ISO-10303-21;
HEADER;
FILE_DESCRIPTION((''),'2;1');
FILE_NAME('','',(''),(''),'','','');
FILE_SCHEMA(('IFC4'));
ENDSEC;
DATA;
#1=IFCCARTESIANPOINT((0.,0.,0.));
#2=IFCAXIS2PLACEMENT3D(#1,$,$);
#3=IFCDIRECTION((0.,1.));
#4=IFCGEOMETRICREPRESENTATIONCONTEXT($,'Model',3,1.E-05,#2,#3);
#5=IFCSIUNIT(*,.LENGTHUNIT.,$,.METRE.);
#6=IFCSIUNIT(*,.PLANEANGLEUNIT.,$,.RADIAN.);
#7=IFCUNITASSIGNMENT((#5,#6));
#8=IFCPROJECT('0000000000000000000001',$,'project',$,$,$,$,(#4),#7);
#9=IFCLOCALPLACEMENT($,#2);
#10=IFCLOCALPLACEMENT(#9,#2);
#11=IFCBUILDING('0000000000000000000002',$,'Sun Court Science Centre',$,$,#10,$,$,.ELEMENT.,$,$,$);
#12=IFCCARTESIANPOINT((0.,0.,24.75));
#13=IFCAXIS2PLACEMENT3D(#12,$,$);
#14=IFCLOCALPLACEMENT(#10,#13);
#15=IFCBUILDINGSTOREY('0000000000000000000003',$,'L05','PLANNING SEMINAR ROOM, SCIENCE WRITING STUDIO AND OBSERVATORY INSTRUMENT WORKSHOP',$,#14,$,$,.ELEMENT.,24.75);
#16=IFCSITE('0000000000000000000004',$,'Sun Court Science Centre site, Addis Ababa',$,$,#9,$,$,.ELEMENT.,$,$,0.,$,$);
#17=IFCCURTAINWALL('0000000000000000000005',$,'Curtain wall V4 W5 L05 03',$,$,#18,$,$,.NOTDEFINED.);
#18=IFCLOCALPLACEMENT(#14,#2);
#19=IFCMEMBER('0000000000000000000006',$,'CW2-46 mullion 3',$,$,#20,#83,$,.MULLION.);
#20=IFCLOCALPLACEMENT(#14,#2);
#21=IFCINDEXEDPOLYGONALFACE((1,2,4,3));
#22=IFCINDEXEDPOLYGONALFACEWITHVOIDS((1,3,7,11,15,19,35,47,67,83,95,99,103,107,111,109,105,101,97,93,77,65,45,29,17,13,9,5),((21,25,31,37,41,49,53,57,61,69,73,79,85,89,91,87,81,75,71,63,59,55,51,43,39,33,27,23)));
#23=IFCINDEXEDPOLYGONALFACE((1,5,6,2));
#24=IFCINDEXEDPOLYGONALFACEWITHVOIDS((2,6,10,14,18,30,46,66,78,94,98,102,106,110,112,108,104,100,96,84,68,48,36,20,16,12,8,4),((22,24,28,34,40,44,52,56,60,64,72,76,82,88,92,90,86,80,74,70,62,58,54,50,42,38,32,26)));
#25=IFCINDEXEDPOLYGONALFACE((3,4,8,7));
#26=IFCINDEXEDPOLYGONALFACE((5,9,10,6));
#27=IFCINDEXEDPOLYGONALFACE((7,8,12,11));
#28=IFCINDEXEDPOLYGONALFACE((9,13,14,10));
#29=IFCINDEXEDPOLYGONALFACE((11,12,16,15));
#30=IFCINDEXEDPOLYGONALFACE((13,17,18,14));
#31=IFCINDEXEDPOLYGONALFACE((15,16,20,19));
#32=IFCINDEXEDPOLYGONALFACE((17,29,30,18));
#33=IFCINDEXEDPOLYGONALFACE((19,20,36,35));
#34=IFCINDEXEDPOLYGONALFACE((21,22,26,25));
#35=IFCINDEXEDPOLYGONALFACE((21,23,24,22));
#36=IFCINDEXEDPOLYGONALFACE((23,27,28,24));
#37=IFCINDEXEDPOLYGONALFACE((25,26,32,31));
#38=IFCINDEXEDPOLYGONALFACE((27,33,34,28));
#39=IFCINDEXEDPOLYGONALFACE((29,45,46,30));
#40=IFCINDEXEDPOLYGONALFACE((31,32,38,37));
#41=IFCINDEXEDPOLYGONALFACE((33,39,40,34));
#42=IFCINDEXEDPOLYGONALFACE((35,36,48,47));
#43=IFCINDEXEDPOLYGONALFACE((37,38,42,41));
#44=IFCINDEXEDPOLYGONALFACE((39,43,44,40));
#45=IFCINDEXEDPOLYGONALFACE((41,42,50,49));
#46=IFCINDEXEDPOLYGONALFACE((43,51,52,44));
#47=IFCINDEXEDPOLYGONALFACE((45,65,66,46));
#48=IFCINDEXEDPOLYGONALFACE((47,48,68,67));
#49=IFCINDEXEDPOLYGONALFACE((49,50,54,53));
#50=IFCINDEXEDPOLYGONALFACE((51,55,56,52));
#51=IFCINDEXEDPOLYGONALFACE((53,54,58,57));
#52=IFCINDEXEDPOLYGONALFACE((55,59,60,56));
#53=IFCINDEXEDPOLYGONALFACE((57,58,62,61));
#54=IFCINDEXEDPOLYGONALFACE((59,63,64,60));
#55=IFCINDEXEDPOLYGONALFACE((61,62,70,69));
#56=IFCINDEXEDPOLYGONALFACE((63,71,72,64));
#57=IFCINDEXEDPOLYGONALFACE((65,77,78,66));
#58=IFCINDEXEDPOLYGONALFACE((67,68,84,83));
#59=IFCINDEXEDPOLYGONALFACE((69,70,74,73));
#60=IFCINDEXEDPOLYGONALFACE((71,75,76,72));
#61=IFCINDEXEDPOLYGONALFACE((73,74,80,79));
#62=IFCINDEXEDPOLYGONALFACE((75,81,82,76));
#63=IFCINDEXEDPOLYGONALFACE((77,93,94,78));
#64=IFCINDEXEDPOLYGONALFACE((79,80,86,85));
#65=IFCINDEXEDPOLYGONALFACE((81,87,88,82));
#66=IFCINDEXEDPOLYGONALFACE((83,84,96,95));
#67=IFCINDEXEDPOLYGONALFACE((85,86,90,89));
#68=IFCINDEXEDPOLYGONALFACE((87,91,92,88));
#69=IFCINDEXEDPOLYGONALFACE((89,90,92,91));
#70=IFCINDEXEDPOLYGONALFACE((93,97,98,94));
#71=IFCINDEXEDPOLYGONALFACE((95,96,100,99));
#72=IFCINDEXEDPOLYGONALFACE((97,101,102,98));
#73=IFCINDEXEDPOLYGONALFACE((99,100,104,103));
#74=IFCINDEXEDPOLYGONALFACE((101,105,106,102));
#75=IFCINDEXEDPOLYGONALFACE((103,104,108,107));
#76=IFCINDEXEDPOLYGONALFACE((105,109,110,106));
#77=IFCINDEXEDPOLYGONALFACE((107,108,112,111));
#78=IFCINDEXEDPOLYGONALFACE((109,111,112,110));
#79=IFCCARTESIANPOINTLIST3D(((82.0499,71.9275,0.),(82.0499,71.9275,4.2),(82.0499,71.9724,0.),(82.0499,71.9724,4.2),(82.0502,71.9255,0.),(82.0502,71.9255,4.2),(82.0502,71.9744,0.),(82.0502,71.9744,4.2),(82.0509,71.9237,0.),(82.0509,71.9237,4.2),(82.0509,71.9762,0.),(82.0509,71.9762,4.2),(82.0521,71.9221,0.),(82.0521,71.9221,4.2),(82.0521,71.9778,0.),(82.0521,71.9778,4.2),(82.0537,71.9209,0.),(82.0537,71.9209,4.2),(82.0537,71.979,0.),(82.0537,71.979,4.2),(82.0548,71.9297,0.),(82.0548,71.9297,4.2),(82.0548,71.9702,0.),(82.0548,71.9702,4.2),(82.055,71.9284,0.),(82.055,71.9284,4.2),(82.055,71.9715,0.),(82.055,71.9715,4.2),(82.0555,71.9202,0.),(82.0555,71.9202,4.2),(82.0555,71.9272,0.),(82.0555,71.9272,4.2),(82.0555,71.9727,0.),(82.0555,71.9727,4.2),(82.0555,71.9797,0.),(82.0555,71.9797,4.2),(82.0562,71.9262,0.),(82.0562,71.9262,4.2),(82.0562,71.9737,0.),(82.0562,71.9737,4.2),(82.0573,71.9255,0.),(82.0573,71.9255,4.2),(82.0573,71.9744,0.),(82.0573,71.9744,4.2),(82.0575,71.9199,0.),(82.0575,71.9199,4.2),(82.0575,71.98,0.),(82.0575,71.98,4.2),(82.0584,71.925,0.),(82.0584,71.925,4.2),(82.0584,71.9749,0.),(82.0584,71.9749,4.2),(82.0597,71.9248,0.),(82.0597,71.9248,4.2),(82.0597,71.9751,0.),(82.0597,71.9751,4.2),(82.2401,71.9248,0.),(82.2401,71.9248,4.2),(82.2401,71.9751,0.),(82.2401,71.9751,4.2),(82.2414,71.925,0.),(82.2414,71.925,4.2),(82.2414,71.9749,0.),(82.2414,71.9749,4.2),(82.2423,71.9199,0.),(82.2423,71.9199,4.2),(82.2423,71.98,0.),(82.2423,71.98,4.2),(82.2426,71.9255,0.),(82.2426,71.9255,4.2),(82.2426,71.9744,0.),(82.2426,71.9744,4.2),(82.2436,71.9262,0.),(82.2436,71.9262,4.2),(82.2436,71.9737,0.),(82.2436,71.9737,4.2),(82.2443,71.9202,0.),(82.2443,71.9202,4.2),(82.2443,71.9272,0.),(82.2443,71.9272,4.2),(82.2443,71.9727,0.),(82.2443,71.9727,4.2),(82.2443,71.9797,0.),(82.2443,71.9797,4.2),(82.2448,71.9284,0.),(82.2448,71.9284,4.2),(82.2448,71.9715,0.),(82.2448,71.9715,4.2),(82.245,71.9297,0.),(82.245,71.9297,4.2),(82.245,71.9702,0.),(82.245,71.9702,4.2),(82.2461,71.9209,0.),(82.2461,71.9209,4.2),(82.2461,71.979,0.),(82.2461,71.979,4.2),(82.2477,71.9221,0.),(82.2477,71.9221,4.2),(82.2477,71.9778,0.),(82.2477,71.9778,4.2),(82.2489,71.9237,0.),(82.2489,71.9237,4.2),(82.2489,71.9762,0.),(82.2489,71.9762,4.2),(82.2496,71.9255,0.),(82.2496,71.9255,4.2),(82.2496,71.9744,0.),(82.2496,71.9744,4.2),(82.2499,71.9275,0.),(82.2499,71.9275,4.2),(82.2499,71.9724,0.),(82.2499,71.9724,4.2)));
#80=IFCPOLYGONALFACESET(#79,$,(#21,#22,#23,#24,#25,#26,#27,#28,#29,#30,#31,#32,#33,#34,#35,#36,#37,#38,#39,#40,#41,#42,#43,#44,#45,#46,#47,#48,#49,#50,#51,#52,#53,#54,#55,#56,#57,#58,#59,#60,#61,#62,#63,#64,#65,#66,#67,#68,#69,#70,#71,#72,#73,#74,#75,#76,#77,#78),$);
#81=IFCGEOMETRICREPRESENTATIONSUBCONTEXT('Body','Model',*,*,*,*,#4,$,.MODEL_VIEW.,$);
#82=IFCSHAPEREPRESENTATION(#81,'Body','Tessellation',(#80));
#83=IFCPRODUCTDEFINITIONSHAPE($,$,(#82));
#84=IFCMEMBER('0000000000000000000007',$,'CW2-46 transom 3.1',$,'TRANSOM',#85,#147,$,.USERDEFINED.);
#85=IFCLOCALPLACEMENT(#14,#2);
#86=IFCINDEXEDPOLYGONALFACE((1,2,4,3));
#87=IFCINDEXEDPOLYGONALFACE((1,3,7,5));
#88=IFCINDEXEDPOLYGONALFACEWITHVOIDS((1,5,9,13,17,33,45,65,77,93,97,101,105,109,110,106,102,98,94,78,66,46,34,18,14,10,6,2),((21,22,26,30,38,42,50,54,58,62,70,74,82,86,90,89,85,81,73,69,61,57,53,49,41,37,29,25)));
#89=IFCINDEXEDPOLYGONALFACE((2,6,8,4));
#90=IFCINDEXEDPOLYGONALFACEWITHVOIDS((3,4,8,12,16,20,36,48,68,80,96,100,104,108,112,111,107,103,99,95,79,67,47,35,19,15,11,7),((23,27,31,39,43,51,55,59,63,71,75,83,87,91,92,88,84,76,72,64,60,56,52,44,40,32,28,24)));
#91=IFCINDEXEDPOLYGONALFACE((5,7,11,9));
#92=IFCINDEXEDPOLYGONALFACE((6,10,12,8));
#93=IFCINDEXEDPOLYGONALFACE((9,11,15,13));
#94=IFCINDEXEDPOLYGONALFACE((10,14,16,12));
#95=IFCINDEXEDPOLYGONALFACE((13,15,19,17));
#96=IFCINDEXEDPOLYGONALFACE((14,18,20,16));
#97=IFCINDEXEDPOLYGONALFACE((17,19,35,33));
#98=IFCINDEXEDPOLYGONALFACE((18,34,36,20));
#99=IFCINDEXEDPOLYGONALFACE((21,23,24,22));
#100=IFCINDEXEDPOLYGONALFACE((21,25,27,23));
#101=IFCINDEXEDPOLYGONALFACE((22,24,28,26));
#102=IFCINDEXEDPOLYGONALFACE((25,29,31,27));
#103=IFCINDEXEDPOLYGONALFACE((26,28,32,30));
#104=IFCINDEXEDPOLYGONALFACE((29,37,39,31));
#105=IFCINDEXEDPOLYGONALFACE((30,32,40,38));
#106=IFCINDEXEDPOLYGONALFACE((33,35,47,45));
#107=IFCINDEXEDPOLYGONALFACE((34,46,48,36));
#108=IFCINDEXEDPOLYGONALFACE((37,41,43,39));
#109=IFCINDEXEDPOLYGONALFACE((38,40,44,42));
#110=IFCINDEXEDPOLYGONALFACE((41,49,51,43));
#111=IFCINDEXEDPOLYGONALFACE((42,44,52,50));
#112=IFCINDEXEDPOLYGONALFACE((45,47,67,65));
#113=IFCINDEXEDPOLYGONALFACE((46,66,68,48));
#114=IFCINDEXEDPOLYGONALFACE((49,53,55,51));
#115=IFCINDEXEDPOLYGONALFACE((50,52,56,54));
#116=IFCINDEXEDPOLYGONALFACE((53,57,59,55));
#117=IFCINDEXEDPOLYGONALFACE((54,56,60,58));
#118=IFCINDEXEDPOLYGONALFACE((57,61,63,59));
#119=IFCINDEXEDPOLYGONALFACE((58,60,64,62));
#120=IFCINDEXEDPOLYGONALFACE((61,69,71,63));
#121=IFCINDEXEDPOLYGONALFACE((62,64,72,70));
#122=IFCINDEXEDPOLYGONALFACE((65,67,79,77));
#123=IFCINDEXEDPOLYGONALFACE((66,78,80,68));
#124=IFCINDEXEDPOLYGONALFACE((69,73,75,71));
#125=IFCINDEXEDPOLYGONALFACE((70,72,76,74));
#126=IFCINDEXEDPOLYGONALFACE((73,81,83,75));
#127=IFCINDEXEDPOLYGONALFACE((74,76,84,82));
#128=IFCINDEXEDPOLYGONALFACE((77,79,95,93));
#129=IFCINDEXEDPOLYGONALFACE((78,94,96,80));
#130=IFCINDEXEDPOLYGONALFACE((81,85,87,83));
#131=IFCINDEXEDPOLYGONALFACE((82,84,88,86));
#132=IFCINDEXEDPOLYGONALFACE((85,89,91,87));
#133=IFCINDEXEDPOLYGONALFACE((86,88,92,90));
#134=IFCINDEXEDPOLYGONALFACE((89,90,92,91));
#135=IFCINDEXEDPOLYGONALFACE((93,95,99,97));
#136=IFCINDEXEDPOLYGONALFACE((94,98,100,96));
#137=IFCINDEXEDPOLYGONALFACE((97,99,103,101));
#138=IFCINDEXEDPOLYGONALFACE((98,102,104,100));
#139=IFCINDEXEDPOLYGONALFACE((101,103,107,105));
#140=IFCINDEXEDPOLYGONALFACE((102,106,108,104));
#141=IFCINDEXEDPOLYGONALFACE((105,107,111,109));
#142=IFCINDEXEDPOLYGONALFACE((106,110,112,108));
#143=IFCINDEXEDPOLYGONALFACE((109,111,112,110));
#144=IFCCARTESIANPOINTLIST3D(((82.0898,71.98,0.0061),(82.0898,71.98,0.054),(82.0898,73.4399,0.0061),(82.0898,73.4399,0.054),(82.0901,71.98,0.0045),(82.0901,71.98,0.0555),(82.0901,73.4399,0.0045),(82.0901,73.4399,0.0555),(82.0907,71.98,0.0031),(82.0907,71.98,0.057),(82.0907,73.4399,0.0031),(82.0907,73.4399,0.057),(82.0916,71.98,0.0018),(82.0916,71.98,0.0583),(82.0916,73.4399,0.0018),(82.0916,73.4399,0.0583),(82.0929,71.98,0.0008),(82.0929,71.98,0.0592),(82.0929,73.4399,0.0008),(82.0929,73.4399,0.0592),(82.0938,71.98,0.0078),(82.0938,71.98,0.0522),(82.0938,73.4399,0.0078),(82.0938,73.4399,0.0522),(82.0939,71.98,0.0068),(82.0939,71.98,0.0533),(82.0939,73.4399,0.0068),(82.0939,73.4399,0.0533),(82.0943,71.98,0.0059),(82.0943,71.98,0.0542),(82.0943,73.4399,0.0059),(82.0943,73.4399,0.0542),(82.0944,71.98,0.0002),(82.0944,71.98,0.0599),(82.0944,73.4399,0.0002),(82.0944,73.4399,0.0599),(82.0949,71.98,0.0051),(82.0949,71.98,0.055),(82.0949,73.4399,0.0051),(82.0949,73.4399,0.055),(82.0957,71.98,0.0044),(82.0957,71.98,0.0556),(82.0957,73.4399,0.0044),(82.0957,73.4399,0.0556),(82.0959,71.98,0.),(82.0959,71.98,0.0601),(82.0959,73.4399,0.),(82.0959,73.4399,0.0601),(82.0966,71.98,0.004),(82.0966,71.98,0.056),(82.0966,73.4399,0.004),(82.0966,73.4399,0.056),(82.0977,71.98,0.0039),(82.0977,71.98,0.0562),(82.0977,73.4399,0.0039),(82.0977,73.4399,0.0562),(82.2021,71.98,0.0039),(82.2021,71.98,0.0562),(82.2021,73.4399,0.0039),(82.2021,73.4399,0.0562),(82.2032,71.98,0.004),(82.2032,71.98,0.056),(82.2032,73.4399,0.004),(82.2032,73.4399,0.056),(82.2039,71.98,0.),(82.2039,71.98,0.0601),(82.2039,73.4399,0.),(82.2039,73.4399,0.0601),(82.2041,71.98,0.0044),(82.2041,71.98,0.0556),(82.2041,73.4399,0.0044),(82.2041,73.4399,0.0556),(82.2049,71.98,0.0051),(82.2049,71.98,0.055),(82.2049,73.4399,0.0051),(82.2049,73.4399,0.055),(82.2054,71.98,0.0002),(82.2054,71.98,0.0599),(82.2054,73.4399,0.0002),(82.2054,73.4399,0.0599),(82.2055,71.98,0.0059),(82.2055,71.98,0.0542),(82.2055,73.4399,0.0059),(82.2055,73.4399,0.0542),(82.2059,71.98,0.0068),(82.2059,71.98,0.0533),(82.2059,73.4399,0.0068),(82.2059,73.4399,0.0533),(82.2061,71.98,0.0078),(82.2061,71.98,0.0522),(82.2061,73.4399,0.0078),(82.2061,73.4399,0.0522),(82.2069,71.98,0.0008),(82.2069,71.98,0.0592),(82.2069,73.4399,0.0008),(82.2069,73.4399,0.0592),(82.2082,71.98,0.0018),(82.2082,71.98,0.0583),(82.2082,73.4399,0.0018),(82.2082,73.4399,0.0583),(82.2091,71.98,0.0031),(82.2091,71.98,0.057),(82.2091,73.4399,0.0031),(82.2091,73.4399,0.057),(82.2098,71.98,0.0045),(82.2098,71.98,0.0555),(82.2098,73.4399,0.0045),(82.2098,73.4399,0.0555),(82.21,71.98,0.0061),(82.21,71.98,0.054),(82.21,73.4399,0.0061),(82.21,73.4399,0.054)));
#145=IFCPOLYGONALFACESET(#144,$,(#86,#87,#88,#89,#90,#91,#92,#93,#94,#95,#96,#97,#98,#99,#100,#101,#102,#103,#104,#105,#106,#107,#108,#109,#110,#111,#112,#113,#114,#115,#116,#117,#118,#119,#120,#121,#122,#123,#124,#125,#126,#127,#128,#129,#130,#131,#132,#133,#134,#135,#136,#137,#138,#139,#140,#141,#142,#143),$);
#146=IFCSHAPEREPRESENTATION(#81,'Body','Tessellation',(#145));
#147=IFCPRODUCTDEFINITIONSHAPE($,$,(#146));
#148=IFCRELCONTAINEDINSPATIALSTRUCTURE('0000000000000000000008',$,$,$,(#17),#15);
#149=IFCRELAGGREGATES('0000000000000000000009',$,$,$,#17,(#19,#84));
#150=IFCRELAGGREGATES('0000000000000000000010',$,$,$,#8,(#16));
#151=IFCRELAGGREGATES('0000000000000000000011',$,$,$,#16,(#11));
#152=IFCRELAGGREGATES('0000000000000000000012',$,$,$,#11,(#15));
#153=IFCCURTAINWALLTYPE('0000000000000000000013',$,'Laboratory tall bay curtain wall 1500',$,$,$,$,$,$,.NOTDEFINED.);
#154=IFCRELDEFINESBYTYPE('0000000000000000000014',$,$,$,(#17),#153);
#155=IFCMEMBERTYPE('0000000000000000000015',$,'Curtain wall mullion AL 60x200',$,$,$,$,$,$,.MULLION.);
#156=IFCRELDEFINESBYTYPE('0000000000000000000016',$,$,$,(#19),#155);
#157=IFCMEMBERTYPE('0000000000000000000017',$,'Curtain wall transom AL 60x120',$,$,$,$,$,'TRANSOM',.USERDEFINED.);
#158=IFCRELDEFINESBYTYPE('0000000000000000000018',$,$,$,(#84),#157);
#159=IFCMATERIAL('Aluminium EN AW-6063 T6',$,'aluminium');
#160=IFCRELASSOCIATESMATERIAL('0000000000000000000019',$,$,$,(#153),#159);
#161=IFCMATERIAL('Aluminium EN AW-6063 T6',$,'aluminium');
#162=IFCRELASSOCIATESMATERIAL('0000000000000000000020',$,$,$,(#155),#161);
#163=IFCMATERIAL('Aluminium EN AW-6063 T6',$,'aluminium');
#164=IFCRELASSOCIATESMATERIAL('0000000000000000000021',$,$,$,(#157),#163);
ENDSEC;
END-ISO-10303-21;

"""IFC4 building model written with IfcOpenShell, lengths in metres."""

from ifc_helpers import new_model, si_unit, direction, frame, origin, origin_2d, place, context, subcontext, project, spatial, hollow_rectangle, extrude, material, material_profile, profile_set, type_object, element, aggregate, save


model = new_model("IFC4")

# Units and contexts
model_context = context("Model", 3, precision=1e-05, world=origin(), true_north=direction((0.0, 1.0)))
body_context = subcontext(model_context, "Body", "Model", "MODEL_VIEW")
ifc_project = project(units=[si_unit("LENGTHUNIT", "METRE"), si_unit("PLANEANGLEUNIT", "RADIAN")], contexts=[model_context])

# Site, building, storey
site_placement = place(None, origin())
site = spatial("IfcSite", under=ifc_project, at=site_placement, Name="Sun Court Science Centre site, Addis Ababa", CompositionType="ELEMENT", RefElevation=0.0)
building_placement = place(site_placement, origin())
building = spatial("IfcBuilding", under=site, at=building_placement, Name="Sun Court Science Centre", CompositionType="ELEMENT")
storey_placement = place(building_placement, frame((0.0, 0.0, 24.75)))
storey = spatial("IfcBuildingStorey", under=building, at=storey_placement, Name="L05", Description="PLANNING SEMINAR ROOM, SCIENCE WRITING STUDIO AND OBSERVATORY INSTRUMENT WORKSHOP", CompositionType="ELEMENT", Elevation=24.75)

# Curtain wall, members
ifc_material_1 = material(Name="Aluminium EN AW-6063 T6", Category="aluminium")
curtain_wall_type = type_object("IfcCurtainWallType", Name="Laboratory tall bay curtain wall 1500", PredefinedType="NOTDEFINED", material=ifc_material_1)
curtain_wall_placement = place(storey_placement, origin())
curtain_wall = element("IfcCurtainWall", 1, at=curtain_wall_placement, inside=storey, type_object=curtain_wall_type, Name="Curtain wall V4 W5 L05 03", PredefinedType="NOTDEFINED")
ifc_material_2 = material(Name="Aluminium EN AW-6063 T6", Category="aluminium")
ifc_material_profile_1 = material_profile(ifc_material_2, hollow_rectangle(XDim=0.0601, YDim=0.2, WallThickness=0.0049, InnerFilletRadius=0.0049, OuterFilletRadius=0.0076, at=origin_2d()), Name="AL 60x200x5")
ifc_profile_set_1 = profile_set([ifc_material_profile_1], Name="Aluminium EN AW-6063 T6")
member_type_1 = type_object("IfcMemberType", Name="Curtain wall mullion AL 60x200", PredefinedType="MULLION", material=ifc_profile_set_1)
member_1_placement = place(storey_placement, frame((82.1499, 71.95, 0.0), z_axis=(0.0, 0.0, 1.0), x_axis=(0.0, 1.0, 0.0)))
member_1 = element("IfcMember", 2, at=member_1_placement, type_object=member_type_1, Name="CW2-46 mullion 3", PredefinedType="MULLION", context=body_context, shape_type="SweptSolid", body=[
    extrude(hollow_rectangle(XDim=0.0601, YDim=0.2, WallThickness=0.0049, InnerFilletRadius=0.0049, OuterFilletRadius=0.0076, at=origin_2d()), origin(), (0.0, 0.0, 1.0), 4.2),
])
ifc_material_3 = material(Name="Aluminium EN AW-6063 T6", Category="aluminium")
ifc_material_profile_2 = material_profile(ifc_material_3, hollow_rectangle(XDim=0.0601, YDim=0.1201, WallThickness=0.0039, InnerFilletRadius=0.0039, OuterFilletRadius=0.0061, at=origin_2d()), Name="AL 60x120x4")
ifc_profile_set_2 = profile_set([ifc_material_profile_2], Name="Aluminium EN AW-6063 T6")
member_type_2 = type_object("IfcMemberType", Name="Curtain wall transom AL 60x120", ElementType="TRANSOM", PredefinedType="USERDEFINED", material=ifc_profile_set_2)
member_2_placement = place(storey_placement, frame((82.1499, 71.98, 0.03), z_axis=(0.0, 1.0, 0.0), x_axis=(0.0, 0.0, 1.0)))
member_2 = element("IfcMember", 3, at=member_2_placement, type_object=member_type_2, Name="CW2-46 transom 3.1", ObjectType="TRANSOM", PredefinedType="USERDEFINED", context=body_context, shape_type="SweptSolid", body=[
    extrude(hollow_rectangle(XDim=0.0601, YDim=0.1201, WallThickness=0.0039, InnerFilletRadius=0.0039, OuterFilletRadius=0.0061, at=origin_2d()), origin(), (0.0, 0.0, 1.0), 1.46),
])

aggregate(curtain_wall, [member_1, member_2])

save(model, "model.ifc")
